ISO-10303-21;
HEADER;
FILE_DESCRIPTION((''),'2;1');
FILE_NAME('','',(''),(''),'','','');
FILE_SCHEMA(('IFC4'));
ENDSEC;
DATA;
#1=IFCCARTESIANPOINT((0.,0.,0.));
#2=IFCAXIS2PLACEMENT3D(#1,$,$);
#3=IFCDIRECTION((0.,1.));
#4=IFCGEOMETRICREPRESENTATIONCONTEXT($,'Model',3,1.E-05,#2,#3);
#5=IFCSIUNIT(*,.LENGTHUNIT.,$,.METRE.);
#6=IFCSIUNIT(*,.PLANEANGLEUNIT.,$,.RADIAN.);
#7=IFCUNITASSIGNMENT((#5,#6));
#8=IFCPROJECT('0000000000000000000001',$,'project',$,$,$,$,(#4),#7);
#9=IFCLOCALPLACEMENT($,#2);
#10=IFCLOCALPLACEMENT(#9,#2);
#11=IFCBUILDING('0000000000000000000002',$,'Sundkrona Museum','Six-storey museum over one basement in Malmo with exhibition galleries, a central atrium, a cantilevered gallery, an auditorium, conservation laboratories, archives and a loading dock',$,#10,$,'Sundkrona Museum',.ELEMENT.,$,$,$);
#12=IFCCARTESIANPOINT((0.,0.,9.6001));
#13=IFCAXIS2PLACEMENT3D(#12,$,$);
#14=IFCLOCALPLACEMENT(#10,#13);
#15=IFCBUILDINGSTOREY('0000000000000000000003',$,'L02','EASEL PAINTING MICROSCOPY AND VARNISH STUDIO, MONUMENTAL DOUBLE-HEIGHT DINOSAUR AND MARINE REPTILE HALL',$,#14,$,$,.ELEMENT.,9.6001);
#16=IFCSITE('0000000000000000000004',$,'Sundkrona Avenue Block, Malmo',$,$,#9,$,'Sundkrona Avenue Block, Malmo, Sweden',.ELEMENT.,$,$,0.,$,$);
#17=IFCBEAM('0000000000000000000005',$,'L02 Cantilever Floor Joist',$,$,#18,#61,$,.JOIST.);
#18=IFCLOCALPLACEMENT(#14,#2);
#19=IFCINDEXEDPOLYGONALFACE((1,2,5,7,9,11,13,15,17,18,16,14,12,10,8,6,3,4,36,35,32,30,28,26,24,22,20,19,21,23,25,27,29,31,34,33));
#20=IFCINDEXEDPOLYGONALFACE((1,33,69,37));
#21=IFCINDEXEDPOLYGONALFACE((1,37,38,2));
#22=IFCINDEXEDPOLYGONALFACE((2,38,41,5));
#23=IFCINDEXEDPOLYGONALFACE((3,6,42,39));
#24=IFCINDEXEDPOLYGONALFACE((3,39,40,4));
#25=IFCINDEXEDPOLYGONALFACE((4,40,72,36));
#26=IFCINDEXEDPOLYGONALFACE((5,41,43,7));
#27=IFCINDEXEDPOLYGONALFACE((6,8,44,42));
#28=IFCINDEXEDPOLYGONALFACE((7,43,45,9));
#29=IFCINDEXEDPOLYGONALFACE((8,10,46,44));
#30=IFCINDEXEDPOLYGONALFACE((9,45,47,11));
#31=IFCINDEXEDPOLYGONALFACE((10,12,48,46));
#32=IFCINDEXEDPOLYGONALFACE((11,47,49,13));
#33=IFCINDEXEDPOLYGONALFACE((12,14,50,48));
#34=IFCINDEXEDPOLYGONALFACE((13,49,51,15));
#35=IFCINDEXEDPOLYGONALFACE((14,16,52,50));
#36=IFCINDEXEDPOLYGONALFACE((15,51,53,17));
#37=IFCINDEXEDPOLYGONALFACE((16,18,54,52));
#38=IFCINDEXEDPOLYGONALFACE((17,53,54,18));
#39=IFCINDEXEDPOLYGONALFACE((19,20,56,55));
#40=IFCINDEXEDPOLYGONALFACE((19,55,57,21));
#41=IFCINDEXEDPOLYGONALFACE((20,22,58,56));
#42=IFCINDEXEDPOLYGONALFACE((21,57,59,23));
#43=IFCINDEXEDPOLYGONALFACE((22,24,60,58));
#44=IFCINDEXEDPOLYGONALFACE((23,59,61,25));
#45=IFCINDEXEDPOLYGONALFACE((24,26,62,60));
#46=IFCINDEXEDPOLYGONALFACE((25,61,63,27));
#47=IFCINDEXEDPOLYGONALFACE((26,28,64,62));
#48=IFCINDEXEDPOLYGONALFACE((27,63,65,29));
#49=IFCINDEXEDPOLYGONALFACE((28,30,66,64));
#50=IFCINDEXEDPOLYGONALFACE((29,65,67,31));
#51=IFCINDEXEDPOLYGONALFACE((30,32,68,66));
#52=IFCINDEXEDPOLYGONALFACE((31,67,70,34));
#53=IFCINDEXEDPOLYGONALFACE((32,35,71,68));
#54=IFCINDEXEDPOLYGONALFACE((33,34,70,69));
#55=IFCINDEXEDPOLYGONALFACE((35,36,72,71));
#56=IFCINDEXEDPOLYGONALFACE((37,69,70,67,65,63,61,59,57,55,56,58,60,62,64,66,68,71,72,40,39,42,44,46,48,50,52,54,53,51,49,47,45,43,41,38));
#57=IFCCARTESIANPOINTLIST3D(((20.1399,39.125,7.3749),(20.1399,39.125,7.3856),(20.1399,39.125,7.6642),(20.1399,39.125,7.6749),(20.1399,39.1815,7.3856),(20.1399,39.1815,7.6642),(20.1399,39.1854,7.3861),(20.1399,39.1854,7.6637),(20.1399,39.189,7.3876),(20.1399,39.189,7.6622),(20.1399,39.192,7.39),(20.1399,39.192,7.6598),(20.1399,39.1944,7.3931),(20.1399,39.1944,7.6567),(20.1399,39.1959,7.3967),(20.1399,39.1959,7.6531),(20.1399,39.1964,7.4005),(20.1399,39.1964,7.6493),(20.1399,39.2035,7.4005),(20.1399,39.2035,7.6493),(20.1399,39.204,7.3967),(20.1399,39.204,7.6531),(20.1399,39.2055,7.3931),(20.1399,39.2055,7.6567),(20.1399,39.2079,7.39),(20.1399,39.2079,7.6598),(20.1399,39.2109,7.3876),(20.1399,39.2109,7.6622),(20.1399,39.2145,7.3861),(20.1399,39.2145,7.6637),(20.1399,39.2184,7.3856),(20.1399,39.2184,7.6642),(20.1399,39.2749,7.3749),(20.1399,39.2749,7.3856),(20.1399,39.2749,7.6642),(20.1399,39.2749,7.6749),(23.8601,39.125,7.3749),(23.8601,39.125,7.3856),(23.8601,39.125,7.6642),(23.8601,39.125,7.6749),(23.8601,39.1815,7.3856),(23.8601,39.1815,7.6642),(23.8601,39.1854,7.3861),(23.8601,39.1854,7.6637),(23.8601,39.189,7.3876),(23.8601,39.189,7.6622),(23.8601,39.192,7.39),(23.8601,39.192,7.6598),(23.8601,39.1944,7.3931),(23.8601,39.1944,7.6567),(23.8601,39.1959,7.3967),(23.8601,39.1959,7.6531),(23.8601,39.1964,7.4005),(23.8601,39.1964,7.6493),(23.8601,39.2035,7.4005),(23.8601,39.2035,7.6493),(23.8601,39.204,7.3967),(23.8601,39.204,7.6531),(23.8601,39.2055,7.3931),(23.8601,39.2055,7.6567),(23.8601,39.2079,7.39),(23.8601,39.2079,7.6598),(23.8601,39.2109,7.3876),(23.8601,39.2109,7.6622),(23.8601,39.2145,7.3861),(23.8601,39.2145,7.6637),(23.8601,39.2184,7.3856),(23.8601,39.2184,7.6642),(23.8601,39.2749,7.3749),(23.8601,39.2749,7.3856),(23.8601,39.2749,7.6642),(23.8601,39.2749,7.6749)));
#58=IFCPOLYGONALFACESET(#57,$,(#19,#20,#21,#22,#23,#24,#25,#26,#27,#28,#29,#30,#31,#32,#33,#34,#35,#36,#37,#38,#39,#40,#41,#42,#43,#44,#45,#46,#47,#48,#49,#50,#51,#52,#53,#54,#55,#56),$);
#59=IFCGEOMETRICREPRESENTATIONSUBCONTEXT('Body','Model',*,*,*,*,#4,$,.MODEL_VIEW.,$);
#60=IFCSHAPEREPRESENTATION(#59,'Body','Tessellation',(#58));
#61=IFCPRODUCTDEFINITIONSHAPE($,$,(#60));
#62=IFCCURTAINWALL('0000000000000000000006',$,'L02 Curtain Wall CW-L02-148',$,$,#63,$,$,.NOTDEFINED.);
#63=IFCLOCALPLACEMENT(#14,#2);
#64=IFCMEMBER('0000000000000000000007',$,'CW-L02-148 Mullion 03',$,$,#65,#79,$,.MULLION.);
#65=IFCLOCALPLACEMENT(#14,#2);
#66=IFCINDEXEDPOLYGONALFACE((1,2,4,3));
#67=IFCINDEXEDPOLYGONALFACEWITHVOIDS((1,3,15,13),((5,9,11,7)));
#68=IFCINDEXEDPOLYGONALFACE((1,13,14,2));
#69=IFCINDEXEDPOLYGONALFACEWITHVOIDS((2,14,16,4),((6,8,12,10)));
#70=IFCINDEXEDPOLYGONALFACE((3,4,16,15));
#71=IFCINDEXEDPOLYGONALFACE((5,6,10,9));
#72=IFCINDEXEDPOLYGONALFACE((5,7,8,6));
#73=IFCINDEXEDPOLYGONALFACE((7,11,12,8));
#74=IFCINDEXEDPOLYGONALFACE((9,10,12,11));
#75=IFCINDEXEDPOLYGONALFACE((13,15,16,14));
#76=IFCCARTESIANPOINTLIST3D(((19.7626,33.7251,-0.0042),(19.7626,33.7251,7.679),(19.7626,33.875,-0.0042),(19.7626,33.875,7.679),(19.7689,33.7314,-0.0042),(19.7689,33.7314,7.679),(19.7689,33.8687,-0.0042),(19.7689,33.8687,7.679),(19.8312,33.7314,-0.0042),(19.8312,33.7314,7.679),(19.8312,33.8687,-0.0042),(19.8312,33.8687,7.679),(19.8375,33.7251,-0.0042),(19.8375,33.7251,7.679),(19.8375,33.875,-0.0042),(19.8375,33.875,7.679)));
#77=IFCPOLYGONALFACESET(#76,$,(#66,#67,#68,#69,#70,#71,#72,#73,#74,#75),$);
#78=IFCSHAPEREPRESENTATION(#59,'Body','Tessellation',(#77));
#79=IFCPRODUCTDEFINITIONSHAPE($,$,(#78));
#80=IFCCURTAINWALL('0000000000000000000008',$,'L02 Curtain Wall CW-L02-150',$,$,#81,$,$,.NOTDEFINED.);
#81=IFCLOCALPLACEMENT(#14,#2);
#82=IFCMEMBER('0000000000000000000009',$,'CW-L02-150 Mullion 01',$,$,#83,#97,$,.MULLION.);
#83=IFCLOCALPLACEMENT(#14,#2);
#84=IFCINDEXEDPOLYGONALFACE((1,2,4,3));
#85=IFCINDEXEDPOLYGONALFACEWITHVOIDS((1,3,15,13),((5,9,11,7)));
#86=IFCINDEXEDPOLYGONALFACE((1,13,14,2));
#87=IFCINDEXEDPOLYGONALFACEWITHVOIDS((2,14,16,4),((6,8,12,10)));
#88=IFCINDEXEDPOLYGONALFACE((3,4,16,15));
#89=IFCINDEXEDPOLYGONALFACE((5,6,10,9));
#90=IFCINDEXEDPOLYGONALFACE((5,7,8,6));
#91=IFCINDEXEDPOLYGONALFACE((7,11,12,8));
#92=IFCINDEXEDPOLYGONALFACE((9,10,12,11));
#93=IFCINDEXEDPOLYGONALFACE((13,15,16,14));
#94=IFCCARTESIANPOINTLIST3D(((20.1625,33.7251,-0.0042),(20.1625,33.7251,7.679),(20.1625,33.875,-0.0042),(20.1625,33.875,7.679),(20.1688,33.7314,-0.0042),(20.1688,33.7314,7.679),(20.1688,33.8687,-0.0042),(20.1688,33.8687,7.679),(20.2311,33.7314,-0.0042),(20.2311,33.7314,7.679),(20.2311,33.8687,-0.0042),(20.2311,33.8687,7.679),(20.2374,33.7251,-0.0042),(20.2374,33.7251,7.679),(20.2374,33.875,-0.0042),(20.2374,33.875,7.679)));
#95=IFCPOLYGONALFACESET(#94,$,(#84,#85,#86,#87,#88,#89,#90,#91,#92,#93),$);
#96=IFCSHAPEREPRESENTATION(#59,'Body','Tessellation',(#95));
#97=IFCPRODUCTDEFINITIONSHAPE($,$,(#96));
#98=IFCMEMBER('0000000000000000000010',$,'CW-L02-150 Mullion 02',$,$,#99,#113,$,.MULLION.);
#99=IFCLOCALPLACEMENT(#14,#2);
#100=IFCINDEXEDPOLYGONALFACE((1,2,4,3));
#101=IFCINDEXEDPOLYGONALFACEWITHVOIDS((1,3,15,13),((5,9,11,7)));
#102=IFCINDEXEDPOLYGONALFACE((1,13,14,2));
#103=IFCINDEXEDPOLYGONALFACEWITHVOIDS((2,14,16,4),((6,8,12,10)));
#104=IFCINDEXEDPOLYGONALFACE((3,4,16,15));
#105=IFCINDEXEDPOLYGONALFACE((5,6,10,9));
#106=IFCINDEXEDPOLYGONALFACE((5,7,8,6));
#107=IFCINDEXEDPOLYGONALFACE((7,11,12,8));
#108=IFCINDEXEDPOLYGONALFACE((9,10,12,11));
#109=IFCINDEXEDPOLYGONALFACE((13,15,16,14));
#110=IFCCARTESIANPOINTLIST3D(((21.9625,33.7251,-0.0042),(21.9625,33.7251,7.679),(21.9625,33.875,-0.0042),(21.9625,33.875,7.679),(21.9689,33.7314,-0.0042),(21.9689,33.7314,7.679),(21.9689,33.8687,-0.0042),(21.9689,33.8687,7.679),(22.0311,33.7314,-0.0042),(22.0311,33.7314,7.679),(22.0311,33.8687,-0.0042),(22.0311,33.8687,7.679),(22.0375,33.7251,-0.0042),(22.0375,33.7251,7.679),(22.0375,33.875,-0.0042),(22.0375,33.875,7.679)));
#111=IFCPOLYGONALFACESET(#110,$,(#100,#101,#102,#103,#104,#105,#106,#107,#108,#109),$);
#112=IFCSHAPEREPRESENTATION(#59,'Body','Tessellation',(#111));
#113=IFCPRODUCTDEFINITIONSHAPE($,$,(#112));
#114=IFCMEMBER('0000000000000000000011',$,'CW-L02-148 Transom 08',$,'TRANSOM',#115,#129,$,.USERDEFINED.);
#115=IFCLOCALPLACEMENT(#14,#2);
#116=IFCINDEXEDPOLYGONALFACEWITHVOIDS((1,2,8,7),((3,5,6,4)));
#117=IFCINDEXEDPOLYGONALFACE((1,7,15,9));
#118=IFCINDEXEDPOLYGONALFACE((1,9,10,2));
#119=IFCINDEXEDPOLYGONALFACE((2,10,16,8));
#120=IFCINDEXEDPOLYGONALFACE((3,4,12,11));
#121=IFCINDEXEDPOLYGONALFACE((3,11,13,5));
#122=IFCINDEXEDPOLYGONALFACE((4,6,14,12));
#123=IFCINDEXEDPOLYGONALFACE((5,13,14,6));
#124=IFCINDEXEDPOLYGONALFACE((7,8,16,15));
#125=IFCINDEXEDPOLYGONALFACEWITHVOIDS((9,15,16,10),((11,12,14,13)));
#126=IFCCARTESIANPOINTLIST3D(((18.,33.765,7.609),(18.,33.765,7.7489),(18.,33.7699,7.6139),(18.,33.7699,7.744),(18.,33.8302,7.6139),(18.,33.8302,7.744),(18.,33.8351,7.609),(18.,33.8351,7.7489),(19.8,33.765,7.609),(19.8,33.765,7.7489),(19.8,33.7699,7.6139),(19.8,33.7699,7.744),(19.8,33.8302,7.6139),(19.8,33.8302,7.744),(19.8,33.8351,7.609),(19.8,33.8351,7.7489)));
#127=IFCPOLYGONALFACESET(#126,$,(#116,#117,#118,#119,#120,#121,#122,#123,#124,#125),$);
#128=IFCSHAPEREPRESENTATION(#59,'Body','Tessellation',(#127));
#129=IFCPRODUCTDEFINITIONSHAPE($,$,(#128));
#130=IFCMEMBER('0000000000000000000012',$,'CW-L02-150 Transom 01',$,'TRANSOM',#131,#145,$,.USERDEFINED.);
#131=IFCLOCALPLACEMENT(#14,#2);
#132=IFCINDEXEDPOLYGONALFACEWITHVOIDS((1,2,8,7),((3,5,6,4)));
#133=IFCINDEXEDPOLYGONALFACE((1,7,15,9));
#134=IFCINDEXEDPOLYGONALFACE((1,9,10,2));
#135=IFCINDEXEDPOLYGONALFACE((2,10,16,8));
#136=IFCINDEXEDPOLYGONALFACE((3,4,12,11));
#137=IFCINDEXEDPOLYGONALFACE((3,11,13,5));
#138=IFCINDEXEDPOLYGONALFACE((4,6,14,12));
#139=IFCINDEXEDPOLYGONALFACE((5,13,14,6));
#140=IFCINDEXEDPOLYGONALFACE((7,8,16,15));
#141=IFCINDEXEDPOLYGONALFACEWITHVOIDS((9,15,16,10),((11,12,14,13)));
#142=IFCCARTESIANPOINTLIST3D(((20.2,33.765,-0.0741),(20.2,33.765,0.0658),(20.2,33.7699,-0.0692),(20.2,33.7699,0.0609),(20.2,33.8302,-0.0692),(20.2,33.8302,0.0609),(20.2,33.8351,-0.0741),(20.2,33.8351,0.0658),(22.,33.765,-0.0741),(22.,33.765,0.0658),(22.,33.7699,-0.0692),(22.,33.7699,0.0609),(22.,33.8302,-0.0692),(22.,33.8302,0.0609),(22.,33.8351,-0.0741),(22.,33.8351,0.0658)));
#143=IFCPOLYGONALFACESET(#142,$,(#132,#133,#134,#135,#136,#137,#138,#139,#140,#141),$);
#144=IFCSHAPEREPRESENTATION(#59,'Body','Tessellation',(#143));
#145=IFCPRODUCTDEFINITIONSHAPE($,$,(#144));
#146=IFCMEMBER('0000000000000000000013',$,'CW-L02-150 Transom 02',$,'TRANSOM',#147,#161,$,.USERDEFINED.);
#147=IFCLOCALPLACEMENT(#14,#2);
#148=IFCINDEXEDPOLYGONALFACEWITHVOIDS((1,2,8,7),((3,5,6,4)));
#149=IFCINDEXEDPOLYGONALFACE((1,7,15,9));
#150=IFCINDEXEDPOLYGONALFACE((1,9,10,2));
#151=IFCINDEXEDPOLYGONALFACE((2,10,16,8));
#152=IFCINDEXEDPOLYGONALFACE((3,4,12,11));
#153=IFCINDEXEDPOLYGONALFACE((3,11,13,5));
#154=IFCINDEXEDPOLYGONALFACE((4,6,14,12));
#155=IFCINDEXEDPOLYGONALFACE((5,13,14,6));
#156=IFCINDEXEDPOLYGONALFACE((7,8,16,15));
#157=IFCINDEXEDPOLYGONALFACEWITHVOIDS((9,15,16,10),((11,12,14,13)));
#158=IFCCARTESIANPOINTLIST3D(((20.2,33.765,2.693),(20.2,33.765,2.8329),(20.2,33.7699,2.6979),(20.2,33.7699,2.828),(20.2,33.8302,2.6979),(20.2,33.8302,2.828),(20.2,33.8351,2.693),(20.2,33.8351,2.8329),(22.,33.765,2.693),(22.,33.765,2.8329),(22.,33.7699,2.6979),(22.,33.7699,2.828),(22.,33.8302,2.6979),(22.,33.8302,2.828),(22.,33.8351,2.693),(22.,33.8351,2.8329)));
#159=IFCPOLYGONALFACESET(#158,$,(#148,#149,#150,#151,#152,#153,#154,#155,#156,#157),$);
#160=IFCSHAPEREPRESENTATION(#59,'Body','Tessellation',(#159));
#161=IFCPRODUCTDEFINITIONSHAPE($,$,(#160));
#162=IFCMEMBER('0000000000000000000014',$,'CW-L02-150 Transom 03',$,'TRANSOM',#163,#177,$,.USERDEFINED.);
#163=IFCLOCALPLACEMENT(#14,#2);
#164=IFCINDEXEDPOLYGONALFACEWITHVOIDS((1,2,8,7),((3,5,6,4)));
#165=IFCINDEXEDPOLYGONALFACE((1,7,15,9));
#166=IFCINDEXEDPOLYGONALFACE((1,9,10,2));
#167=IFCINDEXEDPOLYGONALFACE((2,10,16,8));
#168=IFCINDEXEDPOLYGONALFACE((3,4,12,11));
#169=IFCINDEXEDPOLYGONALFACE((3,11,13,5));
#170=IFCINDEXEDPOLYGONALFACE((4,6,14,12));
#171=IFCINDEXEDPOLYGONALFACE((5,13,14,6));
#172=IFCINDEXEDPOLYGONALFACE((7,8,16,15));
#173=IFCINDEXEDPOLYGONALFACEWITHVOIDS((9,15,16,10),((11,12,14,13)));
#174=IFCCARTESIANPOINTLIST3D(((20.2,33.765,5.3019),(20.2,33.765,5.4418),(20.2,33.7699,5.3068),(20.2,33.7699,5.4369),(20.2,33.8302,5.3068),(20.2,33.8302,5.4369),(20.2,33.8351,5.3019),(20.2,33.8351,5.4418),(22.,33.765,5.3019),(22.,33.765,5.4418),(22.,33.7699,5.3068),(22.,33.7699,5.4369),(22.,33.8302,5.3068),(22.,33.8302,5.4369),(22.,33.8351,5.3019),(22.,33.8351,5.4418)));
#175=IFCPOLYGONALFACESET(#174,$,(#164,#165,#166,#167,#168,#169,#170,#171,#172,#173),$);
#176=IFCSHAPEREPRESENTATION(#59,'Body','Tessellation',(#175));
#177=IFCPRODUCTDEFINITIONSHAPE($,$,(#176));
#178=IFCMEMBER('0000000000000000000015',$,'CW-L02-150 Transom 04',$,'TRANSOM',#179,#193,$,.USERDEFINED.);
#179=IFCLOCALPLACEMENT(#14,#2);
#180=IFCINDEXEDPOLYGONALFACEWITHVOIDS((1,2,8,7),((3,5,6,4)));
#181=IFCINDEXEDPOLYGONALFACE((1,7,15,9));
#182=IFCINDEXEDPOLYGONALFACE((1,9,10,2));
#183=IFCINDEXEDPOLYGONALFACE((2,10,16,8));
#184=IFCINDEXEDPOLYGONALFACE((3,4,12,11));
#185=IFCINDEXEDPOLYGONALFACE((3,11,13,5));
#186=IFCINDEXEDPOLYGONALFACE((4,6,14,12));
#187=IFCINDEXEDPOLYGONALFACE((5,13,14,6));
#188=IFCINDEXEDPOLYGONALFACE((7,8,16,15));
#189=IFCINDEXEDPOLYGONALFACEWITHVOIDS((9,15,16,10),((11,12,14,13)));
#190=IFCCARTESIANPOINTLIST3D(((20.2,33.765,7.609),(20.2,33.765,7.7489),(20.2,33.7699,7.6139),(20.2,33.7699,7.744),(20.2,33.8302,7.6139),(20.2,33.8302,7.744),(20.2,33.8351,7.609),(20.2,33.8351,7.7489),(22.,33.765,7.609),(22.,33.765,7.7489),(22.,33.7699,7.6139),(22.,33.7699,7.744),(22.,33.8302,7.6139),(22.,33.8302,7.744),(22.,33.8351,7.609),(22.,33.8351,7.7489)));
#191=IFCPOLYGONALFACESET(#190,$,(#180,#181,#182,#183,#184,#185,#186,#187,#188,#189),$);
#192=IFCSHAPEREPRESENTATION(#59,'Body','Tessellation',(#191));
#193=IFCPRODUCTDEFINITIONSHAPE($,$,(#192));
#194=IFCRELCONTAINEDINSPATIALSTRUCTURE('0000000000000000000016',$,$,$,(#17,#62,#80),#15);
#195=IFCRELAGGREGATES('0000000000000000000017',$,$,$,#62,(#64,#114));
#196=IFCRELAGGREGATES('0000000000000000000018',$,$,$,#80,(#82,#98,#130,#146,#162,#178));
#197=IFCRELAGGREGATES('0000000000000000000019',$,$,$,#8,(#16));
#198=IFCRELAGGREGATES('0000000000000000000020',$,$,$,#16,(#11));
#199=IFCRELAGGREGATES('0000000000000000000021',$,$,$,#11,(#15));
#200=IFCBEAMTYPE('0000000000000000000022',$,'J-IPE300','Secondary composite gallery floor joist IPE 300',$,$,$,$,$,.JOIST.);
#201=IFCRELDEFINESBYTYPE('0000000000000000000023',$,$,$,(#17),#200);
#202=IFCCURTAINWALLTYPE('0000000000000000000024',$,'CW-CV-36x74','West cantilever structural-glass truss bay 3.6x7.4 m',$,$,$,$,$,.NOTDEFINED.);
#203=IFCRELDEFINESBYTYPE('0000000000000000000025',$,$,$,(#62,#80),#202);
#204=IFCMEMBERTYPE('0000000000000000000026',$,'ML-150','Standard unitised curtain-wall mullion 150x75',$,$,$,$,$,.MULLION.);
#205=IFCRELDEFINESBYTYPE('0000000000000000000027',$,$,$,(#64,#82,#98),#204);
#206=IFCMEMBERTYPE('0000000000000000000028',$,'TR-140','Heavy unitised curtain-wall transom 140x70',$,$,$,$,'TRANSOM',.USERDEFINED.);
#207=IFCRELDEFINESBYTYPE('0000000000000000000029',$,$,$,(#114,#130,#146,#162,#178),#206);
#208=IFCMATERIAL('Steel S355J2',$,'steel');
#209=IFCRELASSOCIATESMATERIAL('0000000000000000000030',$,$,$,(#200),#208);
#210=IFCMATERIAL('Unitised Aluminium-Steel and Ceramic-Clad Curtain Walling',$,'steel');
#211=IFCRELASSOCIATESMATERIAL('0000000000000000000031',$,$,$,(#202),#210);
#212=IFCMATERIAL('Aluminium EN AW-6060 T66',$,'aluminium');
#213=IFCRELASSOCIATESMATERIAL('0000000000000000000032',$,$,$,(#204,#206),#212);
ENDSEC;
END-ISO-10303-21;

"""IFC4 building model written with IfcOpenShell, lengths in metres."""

from ifc_helpers import new_model, si_unit, direction, frame, origin, origin_2d, place, context, subcontext, project, spatial, hollow_rectangle, i_section, extrude, material, material_profile, profile_set, type_object, element, aggregate, save


model = new_model("IFC4")

# Units and contexts
model_context = context("Model", 3, precision=1e-05, world=origin(), true_north=direction((0.0, 1.0)))
body_context = subcontext(model_context, "Body", "Model", "MODEL_VIEW")
ifc_project = project(units=[si_unit("LENGTHUNIT", "METRE"), si_unit("PLANEANGLEUNIT", "RADIAN")], contexts=[model_context])

# Site, building, storey
site_placement = place(None, origin())
site = spatial("IfcSite", under=ifc_project, at=site_placement, Name="Sundkrona Avenue Block, Malmo", LongName="Sundkrona Avenue Block, Malmo, Sweden", CompositionType="ELEMENT", RefElevation=0.0)
building_placement = place(site_placement, origin())
building = spatial("IfcBuilding", under=site, at=building_placement, Name="Sundkrona Museum", Description="Six-storey museum over one basement in Malmo with exhibition galleries, a central atrium, a cantilevered gallery, an auditorium, conservation laboratories, archives and a loading dock", LongName="Sundkrona Museum", CompositionType="ELEMENT")
storey_placement = place(building_placement, frame((0.0, 0.0, 9.6001)))
storey = spatial("IfcBuildingStorey", under=building, at=storey_placement, Name="L02", Description="EASEL PAINTING MICROSCOPY AND VARNISH STUDIO, MONUMENTAL DOUBLE-HEIGHT DINOSAUR AND MARINE REPTILE HALL", CompositionType="ELEMENT", Elevation=9.6001)

# Beam
ifc_material_1 = material(Name="Steel S355J2", Category="steel")
ifc_material_profile_1 = material_profile(ifc_material_1, i_section(OverallWidth=0.1499, OverallDepth=0.3, WebThickness=0.0071, FlangeThickness=0.0107, FilletRadius=0.0149, at=origin_2d()), Name="IPE 300")
ifc_profile_set_1 = profile_set([ifc_material_profile_1], Name="Steel S355J2")
beam_type = type_object("IfcBeamType", Name="J-IPE300", Description="Secondary composite gallery floor joist IPE 300", PredefinedType="JOIST", material=ifc_profile_set_1)
beam_placement = place(storey_placement, frame((20.1399, 39.2, 7.5249), z_axis=(1.0, 0.0, 0.0), x_axis=(0.0, 1.0, 0.0)))
element("IfcBeam", 1, at=beam_placement, inside=storey, type_object=beam_type, Name="L02 Cantilever Floor Joist", PredefinedType="JOIST", context=body_context, shape_type="SweptSolid", body=[
    extrude(i_section(OverallWidth=0.1499, OverallDepth=0.3, WebThickness=0.0071, FlangeThickness=0.0107, FilletRadius=0.0149, at=origin_2d()), origin(), (0.0, 0.0, 1.0), 3.7202),
])

# Curtain wall, member
ifc_material_2 = material(Name="Unitised Aluminium-Steel and Ceramic-Clad Curtain Walling", Category="steel")
curtain_wall_type = type_object("IfcCurtainWallType", Name="CW-CV-36x74", Description="West cantilever structural-glass truss bay 3.6x7.4 m", PredefinedType="NOTDEFINED", material=ifc_material_2)
curtain_wall_1_placement = place(storey_placement, origin())
curtain_wall_1 = element("IfcCurtainWall", 2, at=curtain_wall_1_placement, inside=storey, type_object=curtain_wall_type, Name="L02 Curtain Wall CW-L02-148", PredefinedType="NOTDEFINED")
ifc_material_3 = material(Name="Aluminium EN AW-6060 T66", Category="aluminium")
ifc_material_profile_2 = material_profile(ifc_material_3, hollow_rectangle(XDim=0.075, YDim=0.1499, WallThickness=0.0063, at=origin_2d()), Name="RHS 150x75x6.3")
ifc_profile_set_2 = profile_set([ifc_material_profile_2], Name="Aluminium EN AW-6060 T66")
member_type_1 = type_object("IfcMemberType", Name="ML-150", Description="Standard unitised curtain-wall mullion 150x75", PredefinedType="MULLION", material=ifc_profile_set_2)
member_1_placement = place(storey_placement, frame((19.8, 33.8, -0.0042), z_axis=(0.0, 0.0, 1.0), x_axis=(1.0, 0.0, 0.0)))
member_1 = element("IfcMember", 3, at=member_1_placement, type_object=member_type_1, Name="CW-L02-148 Mullion 03", PredefinedType="MULLION", context=body_context, shape_type="SweptSolid", body=[
    extrude(hollow_rectangle(XDim=0.075, YDim=0.1499, WallThickness=0.0063, at=origin_2d()), origin(), (0.0, 0.0, 1.0), 7.6831),
])

# Curtain wall, members
curtain_wall_2_placement = place(storey_placement, origin())
curtain_wall_2 = element("IfcCurtainWall", 4, at=curtain_wall_2_placement, inside=storey, type_object=curtain_wall_type, Name="L02 Curtain Wall CW-L02-150", PredefinedType="NOTDEFINED")
member_2_placement = place(storey_placement, frame((20.2, 33.8, -0.0042), z_axis=(0.0, 0.0, 1.0), x_axis=(1.0, 0.0, 0.0)))
member_2 = element("IfcMember", 5, at=member_2_placement, type_object=member_type_1, Name="CW-L02-150 Mullion 01", PredefinedType="MULLION", context=body_context, shape_type="SweptSolid", body=[
    extrude(hollow_rectangle(XDim=0.075, YDim=0.1499, WallThickness=0.0063, at=origin_2d()), origin(), (0.0, 0.0, 1.0), 7.6831),
])
member_3_placement = place(storey_placement, frame((22.0, 33.8, -0.0042), z_axis=(0.0, 0.0, 1.0), x_axis=(1.0, 0.0, 0.0)))
member_3 = element("IfcMember", 6, at=member_3_placement, type_object=member_type_1, Name="CW-L02-150 Mullion 02", PredefinedType="MULLION", context=body_context, shape_type="SweptSolid", body=[
    extrude(hollow_rectangle(XDim=0.075, YDim=0.1499, WallThickness=0.0063, at=origin_2d()), origin(), (0.0, 0.0, 1.0), 7.6831),
])

# Members
ifc_material_profile_3 = material_profile(ifc_material_3, hollow_rectangle(XDim=0.0701, YDim=0.1399, WallThickness=0.0049, at=origin_2d()), Name="RHS 140x70x5.0")
ifc_profile_set_3 = profile_set([ifc_material_profile_3], Name="Aluminium EN AW-6060 T66")
member_type_2 = type_object("IfcMemberType", Name="TR-140", Description="Heavy unitised curtain-wall transom 140x70", ElementType="TRANSOM", PredefinedType="USERDEFINED", material=ifc_profile_set_3)
member_4_placement = place(storey_placement, frame((18.0, 33.8, 7.679), z_axis=(1.0, 0.0, 0.0), x_axis=(0.0, 1.0, 0.0)))
member_4 = element("IfcMember", 7, at=member_4_placement, type_object=member_type_2, Name="CW-L02-148 Transom 08", ObjectType="TRANSOM", PredefinedType="USERDEFINED", context=body_context, shape_type="SweptSolid", body=[
    extrude(hollow_rectangle(XDim=0.0701, YDim=0.1399, WallThickness=0.0049, at=origin_2d()), origin(), (0.0, 0.0, 1.0), 1.8),
])
member_5_placement = place(storey_placement, frame((20.2, 33.8, -0.0042), z_axis=(1.0, 0.0, 0.0), x_axis=(0.0, 1.0, 0.0)))
member_5 = element("IfcMember", 8, at=member_5_placement, type_object=member_type_2, Name="CW-L02-150 Transom 01", ObjectType="TRANSOM", PredefinedType="USERDEFINED", context=body_context, shape_type="SweptSolid", body=[
    extrude(hollow_rectangle(XDim=0.0701, YDim=0.1399, WallThickness=0.0049, at=origin_2d()), origin(), (0.0, 0.0, 1.0), 1.8),
])
member_6_placement = place(storey_placement, frame((20.2, 33.8, 2.7629), z_axis=(1.0, 0.0, 0.0), x_axis=(0.0, 1.0, 0.0)))
member_6 = element("IfcMember", 9, at=member_6_placement, type_object=member_type_2, Name="CW-L02-150 Transom 02", ObjectType="TRANSOM", PredefinedType="USERDEFINED", context=body_context, shape_type="SweptSolid", body=[
    extrude(hollow_rectangle(XDim=0.0701, YDim=0.1399, WallThickness=0.0049, at=origin_2d()), origin(), (0.0, 0.0, 1.0), 1.8),
])
member_7_placement = place(storey_placement, frame((20.2, 33.8, 5.3718), z_axis=(1.0, 0.0, 0.0), x_axis=(0.0, 1.0, 0.0)))
member_7 = element("IfcMember", 10, at=member_7_placement, type_object=member_type_2, Name="CW-L02-150 Transom 03", ObjectType="TRANSOM", PredefinedType="USERDEFINED", context=body_context, shape_type="SweptSolid", body=[
    extrude(hollow_rectangle(XDim=0.0701, YDim=0.1399, WallThickness=0.0049, at=origin_2d()), origin(), (0.0, 0.0, 1.0), 1.8),
])
member_8_placement = place(storey_placement, frame((20.2, 33.8, 7.679), z_axis=(1.0, 0.0, 0.0), x_axis=(0.0, 1.0, 0.0)))
member_8 = element("IfcMember", 11, at=member_8_placement, type_object=member_type_2, Name="CW-L02-150 Transom 04", ObjectType="TRANSOM", PredefinedType="USERDEFINED", context=body_context, shape_type="SweptSolid", body=[
    extrude(hollow_rectangle(XDim=0.0701, YDim=0.1399, WallThickness=0.0049, at=origin_2d()), origin(), (0.0, 0.0, 1.0), 1.8),
])

aggregate(curtain_wall_1, [member_1, member_4])
aggregate(curtain_wall_2, [member_2, member_3, member_5, member_6, member_7, member_8])

save(model, "model.ifc")
